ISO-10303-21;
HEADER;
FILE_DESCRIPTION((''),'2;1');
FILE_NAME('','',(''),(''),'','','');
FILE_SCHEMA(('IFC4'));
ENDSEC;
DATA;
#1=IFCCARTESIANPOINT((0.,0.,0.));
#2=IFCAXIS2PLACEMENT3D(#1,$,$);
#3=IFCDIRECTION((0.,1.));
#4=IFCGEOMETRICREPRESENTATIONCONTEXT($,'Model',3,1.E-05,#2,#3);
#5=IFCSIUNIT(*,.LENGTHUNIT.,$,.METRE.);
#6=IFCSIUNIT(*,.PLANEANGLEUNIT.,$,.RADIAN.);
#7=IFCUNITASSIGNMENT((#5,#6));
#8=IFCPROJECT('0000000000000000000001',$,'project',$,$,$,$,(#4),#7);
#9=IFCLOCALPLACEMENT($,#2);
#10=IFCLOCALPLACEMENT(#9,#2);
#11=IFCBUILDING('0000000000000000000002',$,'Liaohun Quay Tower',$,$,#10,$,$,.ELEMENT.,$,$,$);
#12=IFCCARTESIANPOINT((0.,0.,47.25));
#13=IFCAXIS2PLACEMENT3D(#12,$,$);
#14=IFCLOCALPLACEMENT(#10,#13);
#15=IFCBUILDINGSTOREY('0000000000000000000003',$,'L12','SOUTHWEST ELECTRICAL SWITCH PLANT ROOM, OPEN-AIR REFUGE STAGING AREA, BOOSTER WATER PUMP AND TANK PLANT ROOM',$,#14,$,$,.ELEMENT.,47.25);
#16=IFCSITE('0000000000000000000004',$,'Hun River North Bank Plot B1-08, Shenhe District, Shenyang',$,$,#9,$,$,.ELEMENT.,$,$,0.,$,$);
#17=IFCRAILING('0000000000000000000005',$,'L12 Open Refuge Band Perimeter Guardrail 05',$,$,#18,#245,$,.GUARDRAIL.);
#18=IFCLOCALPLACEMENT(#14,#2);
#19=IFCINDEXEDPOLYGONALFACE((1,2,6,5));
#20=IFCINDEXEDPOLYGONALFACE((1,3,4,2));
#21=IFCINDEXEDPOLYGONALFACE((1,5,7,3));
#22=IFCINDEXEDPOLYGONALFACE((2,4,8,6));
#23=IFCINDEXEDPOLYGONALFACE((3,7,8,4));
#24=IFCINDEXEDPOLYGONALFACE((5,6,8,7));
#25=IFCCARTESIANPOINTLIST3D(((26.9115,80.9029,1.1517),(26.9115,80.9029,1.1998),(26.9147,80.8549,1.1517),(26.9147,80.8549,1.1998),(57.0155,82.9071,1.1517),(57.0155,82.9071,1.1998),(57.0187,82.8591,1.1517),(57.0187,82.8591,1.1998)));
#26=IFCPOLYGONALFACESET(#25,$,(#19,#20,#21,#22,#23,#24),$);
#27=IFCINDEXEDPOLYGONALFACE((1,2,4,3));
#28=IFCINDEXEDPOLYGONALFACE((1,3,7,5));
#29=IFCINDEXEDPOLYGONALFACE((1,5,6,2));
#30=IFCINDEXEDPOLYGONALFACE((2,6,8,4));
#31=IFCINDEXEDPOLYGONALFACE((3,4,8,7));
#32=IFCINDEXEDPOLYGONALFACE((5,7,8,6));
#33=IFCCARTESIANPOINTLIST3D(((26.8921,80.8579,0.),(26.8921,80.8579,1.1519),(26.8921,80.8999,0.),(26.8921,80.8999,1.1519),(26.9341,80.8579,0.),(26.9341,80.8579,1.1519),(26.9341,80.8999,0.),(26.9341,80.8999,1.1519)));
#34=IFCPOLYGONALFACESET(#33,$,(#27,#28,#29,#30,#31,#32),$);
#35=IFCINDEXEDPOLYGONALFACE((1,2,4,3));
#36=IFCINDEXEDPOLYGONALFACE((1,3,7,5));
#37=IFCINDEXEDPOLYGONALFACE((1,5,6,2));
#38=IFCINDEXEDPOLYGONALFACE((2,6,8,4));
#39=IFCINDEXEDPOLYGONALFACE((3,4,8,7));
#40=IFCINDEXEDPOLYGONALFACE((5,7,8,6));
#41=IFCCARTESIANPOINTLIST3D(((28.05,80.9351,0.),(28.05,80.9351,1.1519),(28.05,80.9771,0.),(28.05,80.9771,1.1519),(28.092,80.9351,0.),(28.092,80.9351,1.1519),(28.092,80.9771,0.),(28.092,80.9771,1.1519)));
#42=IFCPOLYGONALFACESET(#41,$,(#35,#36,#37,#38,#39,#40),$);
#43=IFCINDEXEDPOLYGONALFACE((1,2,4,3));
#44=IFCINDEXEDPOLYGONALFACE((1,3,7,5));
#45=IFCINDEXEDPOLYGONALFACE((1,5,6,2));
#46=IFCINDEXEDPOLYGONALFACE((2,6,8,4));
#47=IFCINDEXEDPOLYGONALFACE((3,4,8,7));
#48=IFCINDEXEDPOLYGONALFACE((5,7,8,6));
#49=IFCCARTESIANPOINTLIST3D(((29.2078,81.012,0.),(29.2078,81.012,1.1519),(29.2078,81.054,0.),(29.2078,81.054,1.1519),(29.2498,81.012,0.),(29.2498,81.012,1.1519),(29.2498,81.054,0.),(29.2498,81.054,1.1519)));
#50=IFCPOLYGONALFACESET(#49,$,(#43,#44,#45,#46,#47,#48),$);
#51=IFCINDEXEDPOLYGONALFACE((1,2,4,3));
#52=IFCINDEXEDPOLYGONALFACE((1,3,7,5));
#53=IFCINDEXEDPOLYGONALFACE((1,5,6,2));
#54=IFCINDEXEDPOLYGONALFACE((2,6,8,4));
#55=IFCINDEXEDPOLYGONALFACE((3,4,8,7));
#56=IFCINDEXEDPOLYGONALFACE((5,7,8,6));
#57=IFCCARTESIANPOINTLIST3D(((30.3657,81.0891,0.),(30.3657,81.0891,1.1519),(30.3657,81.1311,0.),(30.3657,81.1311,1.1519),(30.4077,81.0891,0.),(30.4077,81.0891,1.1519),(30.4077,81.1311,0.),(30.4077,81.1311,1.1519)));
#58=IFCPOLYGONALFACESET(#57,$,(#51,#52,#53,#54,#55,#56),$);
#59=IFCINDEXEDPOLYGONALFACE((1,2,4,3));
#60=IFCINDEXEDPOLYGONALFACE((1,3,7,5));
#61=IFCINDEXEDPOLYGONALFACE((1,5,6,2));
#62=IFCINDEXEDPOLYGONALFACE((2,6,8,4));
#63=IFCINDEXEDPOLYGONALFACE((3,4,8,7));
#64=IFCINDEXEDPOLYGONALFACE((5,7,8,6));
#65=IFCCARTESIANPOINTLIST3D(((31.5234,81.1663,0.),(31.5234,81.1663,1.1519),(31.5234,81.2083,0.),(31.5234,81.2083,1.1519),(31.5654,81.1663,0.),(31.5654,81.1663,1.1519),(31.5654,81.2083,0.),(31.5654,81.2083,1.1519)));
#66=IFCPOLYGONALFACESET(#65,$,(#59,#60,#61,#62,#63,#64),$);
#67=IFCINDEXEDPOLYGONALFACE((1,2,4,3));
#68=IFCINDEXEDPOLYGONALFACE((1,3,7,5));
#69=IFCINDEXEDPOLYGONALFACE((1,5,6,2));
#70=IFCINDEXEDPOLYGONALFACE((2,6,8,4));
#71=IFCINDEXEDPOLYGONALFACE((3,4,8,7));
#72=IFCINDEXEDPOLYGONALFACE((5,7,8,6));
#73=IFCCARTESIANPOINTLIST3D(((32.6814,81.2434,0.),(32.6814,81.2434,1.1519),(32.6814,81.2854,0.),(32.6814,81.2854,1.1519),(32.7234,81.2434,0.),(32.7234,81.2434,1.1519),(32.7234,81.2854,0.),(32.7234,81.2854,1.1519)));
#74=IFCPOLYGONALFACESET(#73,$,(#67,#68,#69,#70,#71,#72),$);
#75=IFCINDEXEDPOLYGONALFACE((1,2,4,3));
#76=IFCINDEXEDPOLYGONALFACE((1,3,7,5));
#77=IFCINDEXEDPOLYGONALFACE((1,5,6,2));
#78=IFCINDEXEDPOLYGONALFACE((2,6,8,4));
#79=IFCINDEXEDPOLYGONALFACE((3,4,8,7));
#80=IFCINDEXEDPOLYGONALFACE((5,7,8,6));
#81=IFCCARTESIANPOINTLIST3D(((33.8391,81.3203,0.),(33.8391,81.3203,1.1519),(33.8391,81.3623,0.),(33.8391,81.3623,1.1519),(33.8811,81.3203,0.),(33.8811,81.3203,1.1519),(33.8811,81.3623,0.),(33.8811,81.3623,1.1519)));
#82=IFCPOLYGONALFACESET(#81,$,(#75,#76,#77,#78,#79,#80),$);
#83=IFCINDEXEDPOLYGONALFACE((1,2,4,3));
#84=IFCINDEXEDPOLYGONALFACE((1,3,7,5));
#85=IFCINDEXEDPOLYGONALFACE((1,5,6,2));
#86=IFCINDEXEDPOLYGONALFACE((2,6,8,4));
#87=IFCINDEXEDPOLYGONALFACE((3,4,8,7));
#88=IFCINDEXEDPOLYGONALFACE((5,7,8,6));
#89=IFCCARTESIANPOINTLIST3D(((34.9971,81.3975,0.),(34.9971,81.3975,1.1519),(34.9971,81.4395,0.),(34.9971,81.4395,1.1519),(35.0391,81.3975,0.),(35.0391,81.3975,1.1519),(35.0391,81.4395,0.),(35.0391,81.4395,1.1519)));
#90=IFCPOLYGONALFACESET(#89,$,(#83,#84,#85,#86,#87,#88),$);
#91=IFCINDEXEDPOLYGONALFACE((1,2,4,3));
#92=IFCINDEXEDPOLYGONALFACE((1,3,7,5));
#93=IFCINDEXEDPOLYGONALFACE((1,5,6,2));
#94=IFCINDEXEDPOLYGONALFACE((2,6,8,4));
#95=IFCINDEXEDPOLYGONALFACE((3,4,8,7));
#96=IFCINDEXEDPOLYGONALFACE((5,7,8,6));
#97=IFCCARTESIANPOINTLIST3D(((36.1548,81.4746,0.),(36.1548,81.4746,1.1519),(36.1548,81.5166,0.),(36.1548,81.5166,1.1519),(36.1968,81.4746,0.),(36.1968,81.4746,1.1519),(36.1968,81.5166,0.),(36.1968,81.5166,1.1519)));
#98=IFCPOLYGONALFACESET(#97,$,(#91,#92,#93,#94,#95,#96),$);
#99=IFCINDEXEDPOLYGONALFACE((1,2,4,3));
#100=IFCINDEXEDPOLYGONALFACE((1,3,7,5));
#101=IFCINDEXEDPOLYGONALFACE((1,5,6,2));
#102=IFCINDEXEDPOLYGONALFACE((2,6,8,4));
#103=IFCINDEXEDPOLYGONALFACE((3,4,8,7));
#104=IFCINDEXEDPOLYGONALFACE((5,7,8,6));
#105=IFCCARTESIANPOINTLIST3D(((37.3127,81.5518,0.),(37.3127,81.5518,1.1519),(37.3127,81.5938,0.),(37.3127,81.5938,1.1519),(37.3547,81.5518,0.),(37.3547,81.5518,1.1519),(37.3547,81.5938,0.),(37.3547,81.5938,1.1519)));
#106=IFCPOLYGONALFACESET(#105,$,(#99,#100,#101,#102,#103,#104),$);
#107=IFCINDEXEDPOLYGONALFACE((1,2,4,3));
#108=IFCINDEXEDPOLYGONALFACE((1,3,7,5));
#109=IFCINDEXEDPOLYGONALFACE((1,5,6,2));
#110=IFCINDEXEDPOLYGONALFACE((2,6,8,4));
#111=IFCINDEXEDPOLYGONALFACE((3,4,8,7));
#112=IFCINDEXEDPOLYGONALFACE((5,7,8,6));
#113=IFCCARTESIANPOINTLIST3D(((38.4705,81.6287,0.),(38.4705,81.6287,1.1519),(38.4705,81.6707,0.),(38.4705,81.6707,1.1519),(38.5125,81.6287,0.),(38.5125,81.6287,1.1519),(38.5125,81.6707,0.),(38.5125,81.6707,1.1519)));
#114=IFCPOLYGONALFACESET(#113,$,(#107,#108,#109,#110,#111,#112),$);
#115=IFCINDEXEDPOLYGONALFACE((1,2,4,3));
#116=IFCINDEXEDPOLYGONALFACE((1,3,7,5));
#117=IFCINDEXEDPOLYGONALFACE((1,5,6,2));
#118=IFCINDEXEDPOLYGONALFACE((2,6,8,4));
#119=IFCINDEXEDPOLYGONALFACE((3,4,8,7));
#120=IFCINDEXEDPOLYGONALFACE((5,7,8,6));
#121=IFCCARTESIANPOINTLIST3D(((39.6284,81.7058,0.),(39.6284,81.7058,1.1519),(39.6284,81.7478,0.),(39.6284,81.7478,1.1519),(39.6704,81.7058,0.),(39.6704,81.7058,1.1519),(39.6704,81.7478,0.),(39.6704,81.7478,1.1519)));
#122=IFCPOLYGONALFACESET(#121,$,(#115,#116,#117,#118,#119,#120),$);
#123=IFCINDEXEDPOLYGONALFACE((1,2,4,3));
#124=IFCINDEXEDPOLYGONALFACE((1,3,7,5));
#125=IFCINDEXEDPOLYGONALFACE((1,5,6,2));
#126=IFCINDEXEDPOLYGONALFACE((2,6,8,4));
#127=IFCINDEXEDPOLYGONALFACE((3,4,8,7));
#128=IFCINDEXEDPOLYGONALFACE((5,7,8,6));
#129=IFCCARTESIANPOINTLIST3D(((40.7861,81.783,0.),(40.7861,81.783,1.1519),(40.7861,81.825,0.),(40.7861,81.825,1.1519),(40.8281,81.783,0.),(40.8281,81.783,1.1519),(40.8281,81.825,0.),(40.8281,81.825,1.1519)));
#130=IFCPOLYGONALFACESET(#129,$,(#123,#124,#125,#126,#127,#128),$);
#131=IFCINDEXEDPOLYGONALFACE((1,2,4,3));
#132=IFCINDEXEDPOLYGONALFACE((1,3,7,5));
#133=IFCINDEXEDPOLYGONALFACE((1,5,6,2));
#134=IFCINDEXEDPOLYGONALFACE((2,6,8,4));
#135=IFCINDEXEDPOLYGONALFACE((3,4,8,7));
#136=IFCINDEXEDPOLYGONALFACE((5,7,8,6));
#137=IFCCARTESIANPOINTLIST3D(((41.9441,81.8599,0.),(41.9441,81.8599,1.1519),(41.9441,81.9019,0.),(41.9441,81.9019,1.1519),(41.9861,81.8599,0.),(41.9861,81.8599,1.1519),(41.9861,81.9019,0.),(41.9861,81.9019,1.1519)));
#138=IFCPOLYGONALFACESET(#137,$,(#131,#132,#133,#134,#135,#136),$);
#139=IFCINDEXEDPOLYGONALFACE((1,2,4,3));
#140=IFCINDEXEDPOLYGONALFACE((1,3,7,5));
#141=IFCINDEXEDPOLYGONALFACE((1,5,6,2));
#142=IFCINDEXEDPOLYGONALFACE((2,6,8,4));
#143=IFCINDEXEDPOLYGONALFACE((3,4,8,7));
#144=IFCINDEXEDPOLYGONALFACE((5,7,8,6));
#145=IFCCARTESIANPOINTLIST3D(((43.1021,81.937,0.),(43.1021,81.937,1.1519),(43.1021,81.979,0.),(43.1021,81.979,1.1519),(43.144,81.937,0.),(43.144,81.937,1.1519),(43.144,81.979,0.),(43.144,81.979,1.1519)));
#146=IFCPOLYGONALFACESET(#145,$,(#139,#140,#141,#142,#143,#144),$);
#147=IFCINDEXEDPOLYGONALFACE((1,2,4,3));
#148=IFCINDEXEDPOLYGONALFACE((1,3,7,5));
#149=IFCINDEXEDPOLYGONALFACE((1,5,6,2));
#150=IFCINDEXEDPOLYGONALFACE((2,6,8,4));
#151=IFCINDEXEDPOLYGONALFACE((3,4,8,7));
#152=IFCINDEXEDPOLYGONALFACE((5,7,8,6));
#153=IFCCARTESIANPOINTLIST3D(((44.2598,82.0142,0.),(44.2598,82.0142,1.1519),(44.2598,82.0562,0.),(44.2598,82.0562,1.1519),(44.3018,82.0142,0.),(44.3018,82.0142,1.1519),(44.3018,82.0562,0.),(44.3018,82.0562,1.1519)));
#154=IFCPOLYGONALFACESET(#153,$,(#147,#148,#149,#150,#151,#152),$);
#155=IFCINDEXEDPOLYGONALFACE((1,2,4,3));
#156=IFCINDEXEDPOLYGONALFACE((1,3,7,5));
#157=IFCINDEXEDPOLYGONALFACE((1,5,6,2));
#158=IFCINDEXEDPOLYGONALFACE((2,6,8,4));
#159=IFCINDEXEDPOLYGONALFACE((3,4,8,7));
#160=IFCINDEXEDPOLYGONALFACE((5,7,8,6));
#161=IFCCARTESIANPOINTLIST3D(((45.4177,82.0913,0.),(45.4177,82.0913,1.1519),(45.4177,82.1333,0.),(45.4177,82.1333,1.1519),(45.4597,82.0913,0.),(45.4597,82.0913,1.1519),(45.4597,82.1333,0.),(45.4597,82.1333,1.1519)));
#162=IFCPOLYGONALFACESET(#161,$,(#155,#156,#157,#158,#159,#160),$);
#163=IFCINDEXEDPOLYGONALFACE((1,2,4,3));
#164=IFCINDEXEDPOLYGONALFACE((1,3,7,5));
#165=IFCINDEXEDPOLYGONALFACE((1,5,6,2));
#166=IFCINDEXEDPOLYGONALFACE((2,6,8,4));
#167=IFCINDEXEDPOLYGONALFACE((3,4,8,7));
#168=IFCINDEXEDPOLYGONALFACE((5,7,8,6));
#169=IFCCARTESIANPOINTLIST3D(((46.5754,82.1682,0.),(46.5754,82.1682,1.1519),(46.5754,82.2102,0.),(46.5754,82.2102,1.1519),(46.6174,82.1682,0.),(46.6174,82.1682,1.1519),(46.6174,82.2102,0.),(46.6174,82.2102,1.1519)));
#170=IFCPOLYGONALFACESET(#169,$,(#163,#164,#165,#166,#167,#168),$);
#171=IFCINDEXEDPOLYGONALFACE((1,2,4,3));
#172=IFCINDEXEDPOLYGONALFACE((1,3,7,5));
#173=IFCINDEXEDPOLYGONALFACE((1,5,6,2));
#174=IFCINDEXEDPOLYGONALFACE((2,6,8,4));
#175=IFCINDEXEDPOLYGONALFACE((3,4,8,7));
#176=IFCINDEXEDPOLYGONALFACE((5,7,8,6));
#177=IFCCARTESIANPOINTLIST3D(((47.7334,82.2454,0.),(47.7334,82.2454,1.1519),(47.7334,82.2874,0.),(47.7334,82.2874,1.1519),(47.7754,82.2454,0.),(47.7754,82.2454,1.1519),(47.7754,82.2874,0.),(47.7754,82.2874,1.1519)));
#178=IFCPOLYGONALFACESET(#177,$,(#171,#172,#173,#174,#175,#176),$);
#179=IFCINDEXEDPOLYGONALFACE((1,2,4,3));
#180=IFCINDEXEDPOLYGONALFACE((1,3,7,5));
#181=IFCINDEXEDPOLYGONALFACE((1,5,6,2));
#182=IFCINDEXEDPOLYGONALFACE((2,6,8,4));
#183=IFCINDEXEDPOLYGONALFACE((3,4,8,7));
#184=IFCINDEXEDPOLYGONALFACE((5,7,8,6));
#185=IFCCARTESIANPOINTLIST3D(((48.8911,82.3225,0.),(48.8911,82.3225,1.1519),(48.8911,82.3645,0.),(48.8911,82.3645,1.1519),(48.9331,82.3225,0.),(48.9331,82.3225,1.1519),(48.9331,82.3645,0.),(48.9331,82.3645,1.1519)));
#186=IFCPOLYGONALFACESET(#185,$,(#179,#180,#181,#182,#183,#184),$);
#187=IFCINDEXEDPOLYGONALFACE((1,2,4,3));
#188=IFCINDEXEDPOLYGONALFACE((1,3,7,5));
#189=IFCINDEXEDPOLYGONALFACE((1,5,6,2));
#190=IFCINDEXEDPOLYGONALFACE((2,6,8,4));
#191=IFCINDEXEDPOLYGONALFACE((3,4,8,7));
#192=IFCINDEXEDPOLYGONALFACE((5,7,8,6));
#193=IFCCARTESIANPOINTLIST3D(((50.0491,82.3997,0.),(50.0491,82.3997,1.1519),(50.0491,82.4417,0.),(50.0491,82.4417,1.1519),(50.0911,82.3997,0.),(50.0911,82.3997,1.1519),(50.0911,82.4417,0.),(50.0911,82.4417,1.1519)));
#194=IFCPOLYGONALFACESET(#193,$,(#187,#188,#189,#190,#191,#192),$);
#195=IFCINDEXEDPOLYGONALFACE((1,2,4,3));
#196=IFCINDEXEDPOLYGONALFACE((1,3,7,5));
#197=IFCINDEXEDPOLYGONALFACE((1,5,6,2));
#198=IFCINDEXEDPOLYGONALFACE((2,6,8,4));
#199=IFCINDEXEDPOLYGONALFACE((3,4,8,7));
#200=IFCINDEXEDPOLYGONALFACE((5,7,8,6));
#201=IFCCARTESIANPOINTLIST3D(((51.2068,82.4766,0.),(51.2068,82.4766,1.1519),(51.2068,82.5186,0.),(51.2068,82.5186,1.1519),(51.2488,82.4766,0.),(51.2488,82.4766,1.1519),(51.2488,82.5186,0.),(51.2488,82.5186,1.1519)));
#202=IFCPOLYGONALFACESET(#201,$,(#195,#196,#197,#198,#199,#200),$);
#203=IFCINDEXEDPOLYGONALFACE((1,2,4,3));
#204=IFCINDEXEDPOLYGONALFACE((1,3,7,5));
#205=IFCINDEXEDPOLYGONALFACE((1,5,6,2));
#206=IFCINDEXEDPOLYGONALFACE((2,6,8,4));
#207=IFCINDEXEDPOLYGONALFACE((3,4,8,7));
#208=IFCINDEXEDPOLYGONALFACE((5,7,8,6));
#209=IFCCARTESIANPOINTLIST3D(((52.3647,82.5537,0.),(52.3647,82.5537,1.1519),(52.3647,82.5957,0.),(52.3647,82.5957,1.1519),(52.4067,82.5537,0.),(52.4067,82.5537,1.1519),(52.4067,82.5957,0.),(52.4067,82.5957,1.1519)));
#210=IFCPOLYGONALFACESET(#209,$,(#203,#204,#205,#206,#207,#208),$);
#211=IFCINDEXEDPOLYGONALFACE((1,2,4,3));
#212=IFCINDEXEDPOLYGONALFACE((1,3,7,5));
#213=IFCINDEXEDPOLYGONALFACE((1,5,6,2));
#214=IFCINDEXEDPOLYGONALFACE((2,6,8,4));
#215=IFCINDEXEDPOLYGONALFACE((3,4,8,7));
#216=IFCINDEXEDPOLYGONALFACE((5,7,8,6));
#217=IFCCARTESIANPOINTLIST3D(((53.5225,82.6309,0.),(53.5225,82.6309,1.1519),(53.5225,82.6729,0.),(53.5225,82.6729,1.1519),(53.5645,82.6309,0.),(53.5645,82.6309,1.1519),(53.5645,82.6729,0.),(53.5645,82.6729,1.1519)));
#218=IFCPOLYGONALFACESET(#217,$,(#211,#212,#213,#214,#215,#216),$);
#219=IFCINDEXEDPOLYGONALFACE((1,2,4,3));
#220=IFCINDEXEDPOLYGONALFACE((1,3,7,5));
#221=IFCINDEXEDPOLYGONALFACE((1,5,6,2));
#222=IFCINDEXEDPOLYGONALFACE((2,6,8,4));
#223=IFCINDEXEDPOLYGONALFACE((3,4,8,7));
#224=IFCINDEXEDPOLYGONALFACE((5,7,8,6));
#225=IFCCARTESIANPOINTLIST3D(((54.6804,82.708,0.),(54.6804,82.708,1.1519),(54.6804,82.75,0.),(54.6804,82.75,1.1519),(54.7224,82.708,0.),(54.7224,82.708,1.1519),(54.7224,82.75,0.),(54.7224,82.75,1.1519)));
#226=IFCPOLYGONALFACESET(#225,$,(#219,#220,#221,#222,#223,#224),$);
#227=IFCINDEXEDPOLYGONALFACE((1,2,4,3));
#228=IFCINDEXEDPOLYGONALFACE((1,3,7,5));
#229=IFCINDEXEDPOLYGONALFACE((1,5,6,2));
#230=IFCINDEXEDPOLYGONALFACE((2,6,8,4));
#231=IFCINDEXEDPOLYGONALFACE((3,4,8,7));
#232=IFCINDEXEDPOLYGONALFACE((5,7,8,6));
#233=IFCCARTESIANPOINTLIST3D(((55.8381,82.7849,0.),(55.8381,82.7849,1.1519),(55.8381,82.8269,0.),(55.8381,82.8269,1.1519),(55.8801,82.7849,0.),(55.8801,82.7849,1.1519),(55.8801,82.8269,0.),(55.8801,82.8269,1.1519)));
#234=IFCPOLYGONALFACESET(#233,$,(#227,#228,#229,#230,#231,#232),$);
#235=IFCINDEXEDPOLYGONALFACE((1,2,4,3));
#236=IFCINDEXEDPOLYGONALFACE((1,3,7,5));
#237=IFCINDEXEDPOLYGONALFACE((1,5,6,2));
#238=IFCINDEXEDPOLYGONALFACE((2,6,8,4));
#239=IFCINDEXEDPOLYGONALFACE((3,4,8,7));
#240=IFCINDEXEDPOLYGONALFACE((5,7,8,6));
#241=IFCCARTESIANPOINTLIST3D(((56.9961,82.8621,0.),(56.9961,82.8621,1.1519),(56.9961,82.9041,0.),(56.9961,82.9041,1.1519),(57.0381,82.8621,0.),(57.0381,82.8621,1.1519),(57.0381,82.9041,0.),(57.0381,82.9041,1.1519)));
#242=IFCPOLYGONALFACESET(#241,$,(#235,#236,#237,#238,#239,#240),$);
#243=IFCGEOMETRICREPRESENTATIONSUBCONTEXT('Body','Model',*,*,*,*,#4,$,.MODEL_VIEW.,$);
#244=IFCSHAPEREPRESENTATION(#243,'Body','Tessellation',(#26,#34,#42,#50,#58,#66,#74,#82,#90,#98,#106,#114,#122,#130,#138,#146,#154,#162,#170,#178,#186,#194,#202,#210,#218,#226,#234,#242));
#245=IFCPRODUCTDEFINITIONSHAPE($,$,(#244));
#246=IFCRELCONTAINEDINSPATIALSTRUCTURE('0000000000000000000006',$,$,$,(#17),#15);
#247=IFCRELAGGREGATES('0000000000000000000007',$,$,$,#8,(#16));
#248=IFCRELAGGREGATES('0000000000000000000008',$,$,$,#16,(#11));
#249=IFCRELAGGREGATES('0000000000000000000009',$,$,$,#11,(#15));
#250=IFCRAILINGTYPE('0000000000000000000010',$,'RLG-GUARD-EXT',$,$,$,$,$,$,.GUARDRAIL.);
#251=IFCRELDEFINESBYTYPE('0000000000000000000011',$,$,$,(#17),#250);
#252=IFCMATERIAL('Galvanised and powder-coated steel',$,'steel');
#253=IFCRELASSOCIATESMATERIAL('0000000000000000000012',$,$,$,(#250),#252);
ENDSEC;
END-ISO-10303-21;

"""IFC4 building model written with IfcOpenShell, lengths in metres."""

from ifc_helpers import new_model, si_unit, direction, frame, origin, origin_2d, place, context, subcontext, project, spatial, rectangle, extrude, material, type_object, element, save


model = new_model("IFC4")

# Units and contexts
model_context = context("Model", 3, precision=1e-05, world=origin(), true_north=direction((0.0, 1.0)))
body_context = subcontext(model_context, "Body", "Model", "MODEL_VIEW")
ifc_project = project(units=[si_unit("LENGTHUNIT", "METRE"), si_unit("PLANEANGLEUNIT", "RADIAN")], contexts=[model_context])

# Site, building, storey
site_placement = place(None, origin())
site = spatial("IfcSite", under=ifc_project, at=site_placement, Name="Hun River North Bank Plot B1-08, Shenhe District, Shenyang", CompositionType="ELEMENT", RefElevation=0.0)
building_placement = place(site_placement, origin())
building = spatial("IfcBuilding", under=site, at=building_placement, Name="Liaohun Quay Tower", CompositionType="ELEMENT")
storey_placement = place(building_placement, frame((0.0, 0.0, 47.25)))
storey = spatial("IfcBuildingStorey", under=building, at=storey_placement, Name="L12", Description="SOUTHWEST ELECTRICAL SWITCH PLANT ROOM, OPEN-AIR REFUGE STAGING AREA, BOOSTER WATER PUMP AND TANK PLANT ROOM", CompositionType="ELEMENT", Elevation=47.25)

# Railing
ifc_material_1 = material(Name="Galvanised and powder-coated steel", Category="steel")
railing_type = type_object("IfcRailingType", Name="RLG-GUARD-EXT", PredefinedType="GUARDRAIL", material=ifc_material_1)
railing_1_placement = place(storey_placement, frame((26.9131, 80.8789, 0.0)))
element("IfcRailing", 1, at=railing_1_placement, inside=storey, type_object=railing_type, Name="L12 Open Refuge Band Perimeter Guardrail 05", PredefinedType="GUARDRAIL", context=body_context, shape_type="SweptSolid", body=[
    extrude(rectangle(XDim=0.0481, YDim=0.0481, at=origin_2d()), frame((0.0, 0.0, 1.1758), z_axis=(0.997791, 0.066427, 0.0), x_axis=(-0.066427, 0.997791, 0.0)), (0.0, 0.0, 1.0), 30.1707),
    extrude(rectangle(XDim=0.042, YDim=0.042, at=origin_2d()), origin(), (0.0, 0.0, 1.0), 1.1519),
    extrude(rectangle(XDim=0.042, YDim=0.042, at=origin_2d()), frame((1.158, 0.0771, 0.0)), (0.0, 0.0, 1.0), 1.1519),
    extrude(rectangle(XDim=0.042, YDim=0.042, at=origin_2d()), frame((2.3157, 0.1541, 0.0)), (0.0, 0.0, 1.0), 1.1519),
    extrude(rectangle(XDim=0.042, YDim=0.042, at=origin_2d()), frame((3.4736, 0.2312, 0.0)), (0.0, 0.0, 1.0), 1.1519),
    extrude(rectangle(XDim=0.042, YDim=0.042, at=origin_2d()), frame((4.6313, 0.3083, 0.0)), (0.0, 0.0, 1.0), 1.1519),
    extrude(rectangle(XDim=0.042, YDim=0.042, at=origin_2d()), frame((5.7893, 0.3855, 0.0)), (0.0, 0.0, 1.0), 1.1519),
    extrude(rectangle(XDim=0.042, YDim=0.042, at=origin_2d()), frame((6.947, 0.4624, 0.0)), (0.0, 0.0, 1.0), 1.1519),
    extrude(rectangle(XDim=0.042, YDim=0.042, at=origin_2d()), frame((8.105, 0.5396, 0.0)), (0.0, 0.0, 1.0), 1.1519),
    extrude(rectangle(XDim=0.042, YDim=0.042, at=origin_2d()), frame((9.2627, 0.6167, 0.0)), (0.0, 0.0, 1.0), 1.1519),
    extrude(rectangle(XDim=0.042, YDim=0.042, at=origin_2d()), frame((10.4207, 0.6938, 0.0)), (0.0, 0.0, 1.0), 1.1519),
    extrude(rectangle(XDim=0.042, YDim=0.042, at=origin_2d()), frame((11.5784, 0.7708, 0.0)), (0.0, 0.0, 1.0), 1.1519),
    extrude(rectangle(XDim=0.042, YDim=0.042, at=origin_2d()), frame((12.7363, 0.8479, 0.0)), (0.0, 0.0, 1.0), 1.1519),
    extrude(rectangle(XDim=0.042, YDim=0.042, at=origin_2d()), frame((13.894, 0.925, 0.0)), (0.0, 0.0, 1.0), 1.1519),
    extrude(rectangle(XDim=0.042, YDim=0.042, at=origin_2d()), frame((15.052, 1.002, 0.0)), (0.0, 0.0, 1.0), 1.1519),
    extrude(rectangle(XDim=0.042, YDim=0.042, at=origin_2d()), frame((16.21, 1.0791, 0.0)), (0.0, 0.0, 1.0), 1.1519),
    extrude(rectangle(XDim=0.042, YDim=0.042, at=origin_2d()), frame((17.3677, 1.1562, 0.0)), (0.0, 0.0, 1.0), 1.1519),
    extrude(rectangle(XDim=0.042, YDim=0.042, at=origin_2d()), frame((18.5256, 1.2334, 0.0)), (0.0, 0.0, 1.0), 1.1519),
    extrude(rectangle(XDim=0.042, YDim=0.042, at=origin_2d()), frame((19.6833, 1.3103, 0.0)), (0.0, 0.0, 1.0), 1.1519),
    extrude(rectangle(XDim=0.042, YDim=0.042, at=origin_2d()), frame((20.8413, 1.3875, 0.0)), (0.0, 0.0, 1.0), 1.1519),
    extrude(rectangle(XDim=0.042, YDim=0.042, at=origin_2d()), frame((21.999, 1.4646, 0.0)), (0.0, 0.0, 1.0), 1.1519),
    extrude(rectangle(XDim=0.042, YDim=0.042, at=origin_2d()), frame((23.157, 1.5417, 0.0)), (0.0, 0.0, 1.0), 1.1519),
    extrude(rectangle(XDim=0.042, YDim=0.042, at=origin_2d()), frame((24.3147, 1.6187, 0.0)), (0.0, 0.0, 1.0), 1.1519),
    extrude(rectangle(XDim=0.042, YDim=0.042, at=origin_2d()), frame((25.4727, 1.6958, 0.0)), (0.0, 0.0, 1.0), 1.1519),
    extrude(rectangle(XDim=0.042, YDim=0.042, at=origin_2d()), frame((26.6304, 1.7729, 0.0)), (0.0, 0.0, 1.0), 1.1519),
    extrude(rectangle(XDim=0.042, YDim=0.042, at=origin_2d()), frame((27.7883, 1.8501, 0.0)), (0.0, 0.0, 1.0), 1.1519),
    extrude(rectangle(XDim=0.042, YDim=0.042, at=origin_2d()), frame((28.946, 1.927, 0.0)), (0.0, 0.0, 1.0), 1.1519),
    extrude(rectangle(XDim=0.042, YDim=0.042, at=origin_2d()), frame((30.104, 2.0042, 0.0)), (0.0, 0.0, 1.0), 1.1519),
])

save(model, "model.ifc")
